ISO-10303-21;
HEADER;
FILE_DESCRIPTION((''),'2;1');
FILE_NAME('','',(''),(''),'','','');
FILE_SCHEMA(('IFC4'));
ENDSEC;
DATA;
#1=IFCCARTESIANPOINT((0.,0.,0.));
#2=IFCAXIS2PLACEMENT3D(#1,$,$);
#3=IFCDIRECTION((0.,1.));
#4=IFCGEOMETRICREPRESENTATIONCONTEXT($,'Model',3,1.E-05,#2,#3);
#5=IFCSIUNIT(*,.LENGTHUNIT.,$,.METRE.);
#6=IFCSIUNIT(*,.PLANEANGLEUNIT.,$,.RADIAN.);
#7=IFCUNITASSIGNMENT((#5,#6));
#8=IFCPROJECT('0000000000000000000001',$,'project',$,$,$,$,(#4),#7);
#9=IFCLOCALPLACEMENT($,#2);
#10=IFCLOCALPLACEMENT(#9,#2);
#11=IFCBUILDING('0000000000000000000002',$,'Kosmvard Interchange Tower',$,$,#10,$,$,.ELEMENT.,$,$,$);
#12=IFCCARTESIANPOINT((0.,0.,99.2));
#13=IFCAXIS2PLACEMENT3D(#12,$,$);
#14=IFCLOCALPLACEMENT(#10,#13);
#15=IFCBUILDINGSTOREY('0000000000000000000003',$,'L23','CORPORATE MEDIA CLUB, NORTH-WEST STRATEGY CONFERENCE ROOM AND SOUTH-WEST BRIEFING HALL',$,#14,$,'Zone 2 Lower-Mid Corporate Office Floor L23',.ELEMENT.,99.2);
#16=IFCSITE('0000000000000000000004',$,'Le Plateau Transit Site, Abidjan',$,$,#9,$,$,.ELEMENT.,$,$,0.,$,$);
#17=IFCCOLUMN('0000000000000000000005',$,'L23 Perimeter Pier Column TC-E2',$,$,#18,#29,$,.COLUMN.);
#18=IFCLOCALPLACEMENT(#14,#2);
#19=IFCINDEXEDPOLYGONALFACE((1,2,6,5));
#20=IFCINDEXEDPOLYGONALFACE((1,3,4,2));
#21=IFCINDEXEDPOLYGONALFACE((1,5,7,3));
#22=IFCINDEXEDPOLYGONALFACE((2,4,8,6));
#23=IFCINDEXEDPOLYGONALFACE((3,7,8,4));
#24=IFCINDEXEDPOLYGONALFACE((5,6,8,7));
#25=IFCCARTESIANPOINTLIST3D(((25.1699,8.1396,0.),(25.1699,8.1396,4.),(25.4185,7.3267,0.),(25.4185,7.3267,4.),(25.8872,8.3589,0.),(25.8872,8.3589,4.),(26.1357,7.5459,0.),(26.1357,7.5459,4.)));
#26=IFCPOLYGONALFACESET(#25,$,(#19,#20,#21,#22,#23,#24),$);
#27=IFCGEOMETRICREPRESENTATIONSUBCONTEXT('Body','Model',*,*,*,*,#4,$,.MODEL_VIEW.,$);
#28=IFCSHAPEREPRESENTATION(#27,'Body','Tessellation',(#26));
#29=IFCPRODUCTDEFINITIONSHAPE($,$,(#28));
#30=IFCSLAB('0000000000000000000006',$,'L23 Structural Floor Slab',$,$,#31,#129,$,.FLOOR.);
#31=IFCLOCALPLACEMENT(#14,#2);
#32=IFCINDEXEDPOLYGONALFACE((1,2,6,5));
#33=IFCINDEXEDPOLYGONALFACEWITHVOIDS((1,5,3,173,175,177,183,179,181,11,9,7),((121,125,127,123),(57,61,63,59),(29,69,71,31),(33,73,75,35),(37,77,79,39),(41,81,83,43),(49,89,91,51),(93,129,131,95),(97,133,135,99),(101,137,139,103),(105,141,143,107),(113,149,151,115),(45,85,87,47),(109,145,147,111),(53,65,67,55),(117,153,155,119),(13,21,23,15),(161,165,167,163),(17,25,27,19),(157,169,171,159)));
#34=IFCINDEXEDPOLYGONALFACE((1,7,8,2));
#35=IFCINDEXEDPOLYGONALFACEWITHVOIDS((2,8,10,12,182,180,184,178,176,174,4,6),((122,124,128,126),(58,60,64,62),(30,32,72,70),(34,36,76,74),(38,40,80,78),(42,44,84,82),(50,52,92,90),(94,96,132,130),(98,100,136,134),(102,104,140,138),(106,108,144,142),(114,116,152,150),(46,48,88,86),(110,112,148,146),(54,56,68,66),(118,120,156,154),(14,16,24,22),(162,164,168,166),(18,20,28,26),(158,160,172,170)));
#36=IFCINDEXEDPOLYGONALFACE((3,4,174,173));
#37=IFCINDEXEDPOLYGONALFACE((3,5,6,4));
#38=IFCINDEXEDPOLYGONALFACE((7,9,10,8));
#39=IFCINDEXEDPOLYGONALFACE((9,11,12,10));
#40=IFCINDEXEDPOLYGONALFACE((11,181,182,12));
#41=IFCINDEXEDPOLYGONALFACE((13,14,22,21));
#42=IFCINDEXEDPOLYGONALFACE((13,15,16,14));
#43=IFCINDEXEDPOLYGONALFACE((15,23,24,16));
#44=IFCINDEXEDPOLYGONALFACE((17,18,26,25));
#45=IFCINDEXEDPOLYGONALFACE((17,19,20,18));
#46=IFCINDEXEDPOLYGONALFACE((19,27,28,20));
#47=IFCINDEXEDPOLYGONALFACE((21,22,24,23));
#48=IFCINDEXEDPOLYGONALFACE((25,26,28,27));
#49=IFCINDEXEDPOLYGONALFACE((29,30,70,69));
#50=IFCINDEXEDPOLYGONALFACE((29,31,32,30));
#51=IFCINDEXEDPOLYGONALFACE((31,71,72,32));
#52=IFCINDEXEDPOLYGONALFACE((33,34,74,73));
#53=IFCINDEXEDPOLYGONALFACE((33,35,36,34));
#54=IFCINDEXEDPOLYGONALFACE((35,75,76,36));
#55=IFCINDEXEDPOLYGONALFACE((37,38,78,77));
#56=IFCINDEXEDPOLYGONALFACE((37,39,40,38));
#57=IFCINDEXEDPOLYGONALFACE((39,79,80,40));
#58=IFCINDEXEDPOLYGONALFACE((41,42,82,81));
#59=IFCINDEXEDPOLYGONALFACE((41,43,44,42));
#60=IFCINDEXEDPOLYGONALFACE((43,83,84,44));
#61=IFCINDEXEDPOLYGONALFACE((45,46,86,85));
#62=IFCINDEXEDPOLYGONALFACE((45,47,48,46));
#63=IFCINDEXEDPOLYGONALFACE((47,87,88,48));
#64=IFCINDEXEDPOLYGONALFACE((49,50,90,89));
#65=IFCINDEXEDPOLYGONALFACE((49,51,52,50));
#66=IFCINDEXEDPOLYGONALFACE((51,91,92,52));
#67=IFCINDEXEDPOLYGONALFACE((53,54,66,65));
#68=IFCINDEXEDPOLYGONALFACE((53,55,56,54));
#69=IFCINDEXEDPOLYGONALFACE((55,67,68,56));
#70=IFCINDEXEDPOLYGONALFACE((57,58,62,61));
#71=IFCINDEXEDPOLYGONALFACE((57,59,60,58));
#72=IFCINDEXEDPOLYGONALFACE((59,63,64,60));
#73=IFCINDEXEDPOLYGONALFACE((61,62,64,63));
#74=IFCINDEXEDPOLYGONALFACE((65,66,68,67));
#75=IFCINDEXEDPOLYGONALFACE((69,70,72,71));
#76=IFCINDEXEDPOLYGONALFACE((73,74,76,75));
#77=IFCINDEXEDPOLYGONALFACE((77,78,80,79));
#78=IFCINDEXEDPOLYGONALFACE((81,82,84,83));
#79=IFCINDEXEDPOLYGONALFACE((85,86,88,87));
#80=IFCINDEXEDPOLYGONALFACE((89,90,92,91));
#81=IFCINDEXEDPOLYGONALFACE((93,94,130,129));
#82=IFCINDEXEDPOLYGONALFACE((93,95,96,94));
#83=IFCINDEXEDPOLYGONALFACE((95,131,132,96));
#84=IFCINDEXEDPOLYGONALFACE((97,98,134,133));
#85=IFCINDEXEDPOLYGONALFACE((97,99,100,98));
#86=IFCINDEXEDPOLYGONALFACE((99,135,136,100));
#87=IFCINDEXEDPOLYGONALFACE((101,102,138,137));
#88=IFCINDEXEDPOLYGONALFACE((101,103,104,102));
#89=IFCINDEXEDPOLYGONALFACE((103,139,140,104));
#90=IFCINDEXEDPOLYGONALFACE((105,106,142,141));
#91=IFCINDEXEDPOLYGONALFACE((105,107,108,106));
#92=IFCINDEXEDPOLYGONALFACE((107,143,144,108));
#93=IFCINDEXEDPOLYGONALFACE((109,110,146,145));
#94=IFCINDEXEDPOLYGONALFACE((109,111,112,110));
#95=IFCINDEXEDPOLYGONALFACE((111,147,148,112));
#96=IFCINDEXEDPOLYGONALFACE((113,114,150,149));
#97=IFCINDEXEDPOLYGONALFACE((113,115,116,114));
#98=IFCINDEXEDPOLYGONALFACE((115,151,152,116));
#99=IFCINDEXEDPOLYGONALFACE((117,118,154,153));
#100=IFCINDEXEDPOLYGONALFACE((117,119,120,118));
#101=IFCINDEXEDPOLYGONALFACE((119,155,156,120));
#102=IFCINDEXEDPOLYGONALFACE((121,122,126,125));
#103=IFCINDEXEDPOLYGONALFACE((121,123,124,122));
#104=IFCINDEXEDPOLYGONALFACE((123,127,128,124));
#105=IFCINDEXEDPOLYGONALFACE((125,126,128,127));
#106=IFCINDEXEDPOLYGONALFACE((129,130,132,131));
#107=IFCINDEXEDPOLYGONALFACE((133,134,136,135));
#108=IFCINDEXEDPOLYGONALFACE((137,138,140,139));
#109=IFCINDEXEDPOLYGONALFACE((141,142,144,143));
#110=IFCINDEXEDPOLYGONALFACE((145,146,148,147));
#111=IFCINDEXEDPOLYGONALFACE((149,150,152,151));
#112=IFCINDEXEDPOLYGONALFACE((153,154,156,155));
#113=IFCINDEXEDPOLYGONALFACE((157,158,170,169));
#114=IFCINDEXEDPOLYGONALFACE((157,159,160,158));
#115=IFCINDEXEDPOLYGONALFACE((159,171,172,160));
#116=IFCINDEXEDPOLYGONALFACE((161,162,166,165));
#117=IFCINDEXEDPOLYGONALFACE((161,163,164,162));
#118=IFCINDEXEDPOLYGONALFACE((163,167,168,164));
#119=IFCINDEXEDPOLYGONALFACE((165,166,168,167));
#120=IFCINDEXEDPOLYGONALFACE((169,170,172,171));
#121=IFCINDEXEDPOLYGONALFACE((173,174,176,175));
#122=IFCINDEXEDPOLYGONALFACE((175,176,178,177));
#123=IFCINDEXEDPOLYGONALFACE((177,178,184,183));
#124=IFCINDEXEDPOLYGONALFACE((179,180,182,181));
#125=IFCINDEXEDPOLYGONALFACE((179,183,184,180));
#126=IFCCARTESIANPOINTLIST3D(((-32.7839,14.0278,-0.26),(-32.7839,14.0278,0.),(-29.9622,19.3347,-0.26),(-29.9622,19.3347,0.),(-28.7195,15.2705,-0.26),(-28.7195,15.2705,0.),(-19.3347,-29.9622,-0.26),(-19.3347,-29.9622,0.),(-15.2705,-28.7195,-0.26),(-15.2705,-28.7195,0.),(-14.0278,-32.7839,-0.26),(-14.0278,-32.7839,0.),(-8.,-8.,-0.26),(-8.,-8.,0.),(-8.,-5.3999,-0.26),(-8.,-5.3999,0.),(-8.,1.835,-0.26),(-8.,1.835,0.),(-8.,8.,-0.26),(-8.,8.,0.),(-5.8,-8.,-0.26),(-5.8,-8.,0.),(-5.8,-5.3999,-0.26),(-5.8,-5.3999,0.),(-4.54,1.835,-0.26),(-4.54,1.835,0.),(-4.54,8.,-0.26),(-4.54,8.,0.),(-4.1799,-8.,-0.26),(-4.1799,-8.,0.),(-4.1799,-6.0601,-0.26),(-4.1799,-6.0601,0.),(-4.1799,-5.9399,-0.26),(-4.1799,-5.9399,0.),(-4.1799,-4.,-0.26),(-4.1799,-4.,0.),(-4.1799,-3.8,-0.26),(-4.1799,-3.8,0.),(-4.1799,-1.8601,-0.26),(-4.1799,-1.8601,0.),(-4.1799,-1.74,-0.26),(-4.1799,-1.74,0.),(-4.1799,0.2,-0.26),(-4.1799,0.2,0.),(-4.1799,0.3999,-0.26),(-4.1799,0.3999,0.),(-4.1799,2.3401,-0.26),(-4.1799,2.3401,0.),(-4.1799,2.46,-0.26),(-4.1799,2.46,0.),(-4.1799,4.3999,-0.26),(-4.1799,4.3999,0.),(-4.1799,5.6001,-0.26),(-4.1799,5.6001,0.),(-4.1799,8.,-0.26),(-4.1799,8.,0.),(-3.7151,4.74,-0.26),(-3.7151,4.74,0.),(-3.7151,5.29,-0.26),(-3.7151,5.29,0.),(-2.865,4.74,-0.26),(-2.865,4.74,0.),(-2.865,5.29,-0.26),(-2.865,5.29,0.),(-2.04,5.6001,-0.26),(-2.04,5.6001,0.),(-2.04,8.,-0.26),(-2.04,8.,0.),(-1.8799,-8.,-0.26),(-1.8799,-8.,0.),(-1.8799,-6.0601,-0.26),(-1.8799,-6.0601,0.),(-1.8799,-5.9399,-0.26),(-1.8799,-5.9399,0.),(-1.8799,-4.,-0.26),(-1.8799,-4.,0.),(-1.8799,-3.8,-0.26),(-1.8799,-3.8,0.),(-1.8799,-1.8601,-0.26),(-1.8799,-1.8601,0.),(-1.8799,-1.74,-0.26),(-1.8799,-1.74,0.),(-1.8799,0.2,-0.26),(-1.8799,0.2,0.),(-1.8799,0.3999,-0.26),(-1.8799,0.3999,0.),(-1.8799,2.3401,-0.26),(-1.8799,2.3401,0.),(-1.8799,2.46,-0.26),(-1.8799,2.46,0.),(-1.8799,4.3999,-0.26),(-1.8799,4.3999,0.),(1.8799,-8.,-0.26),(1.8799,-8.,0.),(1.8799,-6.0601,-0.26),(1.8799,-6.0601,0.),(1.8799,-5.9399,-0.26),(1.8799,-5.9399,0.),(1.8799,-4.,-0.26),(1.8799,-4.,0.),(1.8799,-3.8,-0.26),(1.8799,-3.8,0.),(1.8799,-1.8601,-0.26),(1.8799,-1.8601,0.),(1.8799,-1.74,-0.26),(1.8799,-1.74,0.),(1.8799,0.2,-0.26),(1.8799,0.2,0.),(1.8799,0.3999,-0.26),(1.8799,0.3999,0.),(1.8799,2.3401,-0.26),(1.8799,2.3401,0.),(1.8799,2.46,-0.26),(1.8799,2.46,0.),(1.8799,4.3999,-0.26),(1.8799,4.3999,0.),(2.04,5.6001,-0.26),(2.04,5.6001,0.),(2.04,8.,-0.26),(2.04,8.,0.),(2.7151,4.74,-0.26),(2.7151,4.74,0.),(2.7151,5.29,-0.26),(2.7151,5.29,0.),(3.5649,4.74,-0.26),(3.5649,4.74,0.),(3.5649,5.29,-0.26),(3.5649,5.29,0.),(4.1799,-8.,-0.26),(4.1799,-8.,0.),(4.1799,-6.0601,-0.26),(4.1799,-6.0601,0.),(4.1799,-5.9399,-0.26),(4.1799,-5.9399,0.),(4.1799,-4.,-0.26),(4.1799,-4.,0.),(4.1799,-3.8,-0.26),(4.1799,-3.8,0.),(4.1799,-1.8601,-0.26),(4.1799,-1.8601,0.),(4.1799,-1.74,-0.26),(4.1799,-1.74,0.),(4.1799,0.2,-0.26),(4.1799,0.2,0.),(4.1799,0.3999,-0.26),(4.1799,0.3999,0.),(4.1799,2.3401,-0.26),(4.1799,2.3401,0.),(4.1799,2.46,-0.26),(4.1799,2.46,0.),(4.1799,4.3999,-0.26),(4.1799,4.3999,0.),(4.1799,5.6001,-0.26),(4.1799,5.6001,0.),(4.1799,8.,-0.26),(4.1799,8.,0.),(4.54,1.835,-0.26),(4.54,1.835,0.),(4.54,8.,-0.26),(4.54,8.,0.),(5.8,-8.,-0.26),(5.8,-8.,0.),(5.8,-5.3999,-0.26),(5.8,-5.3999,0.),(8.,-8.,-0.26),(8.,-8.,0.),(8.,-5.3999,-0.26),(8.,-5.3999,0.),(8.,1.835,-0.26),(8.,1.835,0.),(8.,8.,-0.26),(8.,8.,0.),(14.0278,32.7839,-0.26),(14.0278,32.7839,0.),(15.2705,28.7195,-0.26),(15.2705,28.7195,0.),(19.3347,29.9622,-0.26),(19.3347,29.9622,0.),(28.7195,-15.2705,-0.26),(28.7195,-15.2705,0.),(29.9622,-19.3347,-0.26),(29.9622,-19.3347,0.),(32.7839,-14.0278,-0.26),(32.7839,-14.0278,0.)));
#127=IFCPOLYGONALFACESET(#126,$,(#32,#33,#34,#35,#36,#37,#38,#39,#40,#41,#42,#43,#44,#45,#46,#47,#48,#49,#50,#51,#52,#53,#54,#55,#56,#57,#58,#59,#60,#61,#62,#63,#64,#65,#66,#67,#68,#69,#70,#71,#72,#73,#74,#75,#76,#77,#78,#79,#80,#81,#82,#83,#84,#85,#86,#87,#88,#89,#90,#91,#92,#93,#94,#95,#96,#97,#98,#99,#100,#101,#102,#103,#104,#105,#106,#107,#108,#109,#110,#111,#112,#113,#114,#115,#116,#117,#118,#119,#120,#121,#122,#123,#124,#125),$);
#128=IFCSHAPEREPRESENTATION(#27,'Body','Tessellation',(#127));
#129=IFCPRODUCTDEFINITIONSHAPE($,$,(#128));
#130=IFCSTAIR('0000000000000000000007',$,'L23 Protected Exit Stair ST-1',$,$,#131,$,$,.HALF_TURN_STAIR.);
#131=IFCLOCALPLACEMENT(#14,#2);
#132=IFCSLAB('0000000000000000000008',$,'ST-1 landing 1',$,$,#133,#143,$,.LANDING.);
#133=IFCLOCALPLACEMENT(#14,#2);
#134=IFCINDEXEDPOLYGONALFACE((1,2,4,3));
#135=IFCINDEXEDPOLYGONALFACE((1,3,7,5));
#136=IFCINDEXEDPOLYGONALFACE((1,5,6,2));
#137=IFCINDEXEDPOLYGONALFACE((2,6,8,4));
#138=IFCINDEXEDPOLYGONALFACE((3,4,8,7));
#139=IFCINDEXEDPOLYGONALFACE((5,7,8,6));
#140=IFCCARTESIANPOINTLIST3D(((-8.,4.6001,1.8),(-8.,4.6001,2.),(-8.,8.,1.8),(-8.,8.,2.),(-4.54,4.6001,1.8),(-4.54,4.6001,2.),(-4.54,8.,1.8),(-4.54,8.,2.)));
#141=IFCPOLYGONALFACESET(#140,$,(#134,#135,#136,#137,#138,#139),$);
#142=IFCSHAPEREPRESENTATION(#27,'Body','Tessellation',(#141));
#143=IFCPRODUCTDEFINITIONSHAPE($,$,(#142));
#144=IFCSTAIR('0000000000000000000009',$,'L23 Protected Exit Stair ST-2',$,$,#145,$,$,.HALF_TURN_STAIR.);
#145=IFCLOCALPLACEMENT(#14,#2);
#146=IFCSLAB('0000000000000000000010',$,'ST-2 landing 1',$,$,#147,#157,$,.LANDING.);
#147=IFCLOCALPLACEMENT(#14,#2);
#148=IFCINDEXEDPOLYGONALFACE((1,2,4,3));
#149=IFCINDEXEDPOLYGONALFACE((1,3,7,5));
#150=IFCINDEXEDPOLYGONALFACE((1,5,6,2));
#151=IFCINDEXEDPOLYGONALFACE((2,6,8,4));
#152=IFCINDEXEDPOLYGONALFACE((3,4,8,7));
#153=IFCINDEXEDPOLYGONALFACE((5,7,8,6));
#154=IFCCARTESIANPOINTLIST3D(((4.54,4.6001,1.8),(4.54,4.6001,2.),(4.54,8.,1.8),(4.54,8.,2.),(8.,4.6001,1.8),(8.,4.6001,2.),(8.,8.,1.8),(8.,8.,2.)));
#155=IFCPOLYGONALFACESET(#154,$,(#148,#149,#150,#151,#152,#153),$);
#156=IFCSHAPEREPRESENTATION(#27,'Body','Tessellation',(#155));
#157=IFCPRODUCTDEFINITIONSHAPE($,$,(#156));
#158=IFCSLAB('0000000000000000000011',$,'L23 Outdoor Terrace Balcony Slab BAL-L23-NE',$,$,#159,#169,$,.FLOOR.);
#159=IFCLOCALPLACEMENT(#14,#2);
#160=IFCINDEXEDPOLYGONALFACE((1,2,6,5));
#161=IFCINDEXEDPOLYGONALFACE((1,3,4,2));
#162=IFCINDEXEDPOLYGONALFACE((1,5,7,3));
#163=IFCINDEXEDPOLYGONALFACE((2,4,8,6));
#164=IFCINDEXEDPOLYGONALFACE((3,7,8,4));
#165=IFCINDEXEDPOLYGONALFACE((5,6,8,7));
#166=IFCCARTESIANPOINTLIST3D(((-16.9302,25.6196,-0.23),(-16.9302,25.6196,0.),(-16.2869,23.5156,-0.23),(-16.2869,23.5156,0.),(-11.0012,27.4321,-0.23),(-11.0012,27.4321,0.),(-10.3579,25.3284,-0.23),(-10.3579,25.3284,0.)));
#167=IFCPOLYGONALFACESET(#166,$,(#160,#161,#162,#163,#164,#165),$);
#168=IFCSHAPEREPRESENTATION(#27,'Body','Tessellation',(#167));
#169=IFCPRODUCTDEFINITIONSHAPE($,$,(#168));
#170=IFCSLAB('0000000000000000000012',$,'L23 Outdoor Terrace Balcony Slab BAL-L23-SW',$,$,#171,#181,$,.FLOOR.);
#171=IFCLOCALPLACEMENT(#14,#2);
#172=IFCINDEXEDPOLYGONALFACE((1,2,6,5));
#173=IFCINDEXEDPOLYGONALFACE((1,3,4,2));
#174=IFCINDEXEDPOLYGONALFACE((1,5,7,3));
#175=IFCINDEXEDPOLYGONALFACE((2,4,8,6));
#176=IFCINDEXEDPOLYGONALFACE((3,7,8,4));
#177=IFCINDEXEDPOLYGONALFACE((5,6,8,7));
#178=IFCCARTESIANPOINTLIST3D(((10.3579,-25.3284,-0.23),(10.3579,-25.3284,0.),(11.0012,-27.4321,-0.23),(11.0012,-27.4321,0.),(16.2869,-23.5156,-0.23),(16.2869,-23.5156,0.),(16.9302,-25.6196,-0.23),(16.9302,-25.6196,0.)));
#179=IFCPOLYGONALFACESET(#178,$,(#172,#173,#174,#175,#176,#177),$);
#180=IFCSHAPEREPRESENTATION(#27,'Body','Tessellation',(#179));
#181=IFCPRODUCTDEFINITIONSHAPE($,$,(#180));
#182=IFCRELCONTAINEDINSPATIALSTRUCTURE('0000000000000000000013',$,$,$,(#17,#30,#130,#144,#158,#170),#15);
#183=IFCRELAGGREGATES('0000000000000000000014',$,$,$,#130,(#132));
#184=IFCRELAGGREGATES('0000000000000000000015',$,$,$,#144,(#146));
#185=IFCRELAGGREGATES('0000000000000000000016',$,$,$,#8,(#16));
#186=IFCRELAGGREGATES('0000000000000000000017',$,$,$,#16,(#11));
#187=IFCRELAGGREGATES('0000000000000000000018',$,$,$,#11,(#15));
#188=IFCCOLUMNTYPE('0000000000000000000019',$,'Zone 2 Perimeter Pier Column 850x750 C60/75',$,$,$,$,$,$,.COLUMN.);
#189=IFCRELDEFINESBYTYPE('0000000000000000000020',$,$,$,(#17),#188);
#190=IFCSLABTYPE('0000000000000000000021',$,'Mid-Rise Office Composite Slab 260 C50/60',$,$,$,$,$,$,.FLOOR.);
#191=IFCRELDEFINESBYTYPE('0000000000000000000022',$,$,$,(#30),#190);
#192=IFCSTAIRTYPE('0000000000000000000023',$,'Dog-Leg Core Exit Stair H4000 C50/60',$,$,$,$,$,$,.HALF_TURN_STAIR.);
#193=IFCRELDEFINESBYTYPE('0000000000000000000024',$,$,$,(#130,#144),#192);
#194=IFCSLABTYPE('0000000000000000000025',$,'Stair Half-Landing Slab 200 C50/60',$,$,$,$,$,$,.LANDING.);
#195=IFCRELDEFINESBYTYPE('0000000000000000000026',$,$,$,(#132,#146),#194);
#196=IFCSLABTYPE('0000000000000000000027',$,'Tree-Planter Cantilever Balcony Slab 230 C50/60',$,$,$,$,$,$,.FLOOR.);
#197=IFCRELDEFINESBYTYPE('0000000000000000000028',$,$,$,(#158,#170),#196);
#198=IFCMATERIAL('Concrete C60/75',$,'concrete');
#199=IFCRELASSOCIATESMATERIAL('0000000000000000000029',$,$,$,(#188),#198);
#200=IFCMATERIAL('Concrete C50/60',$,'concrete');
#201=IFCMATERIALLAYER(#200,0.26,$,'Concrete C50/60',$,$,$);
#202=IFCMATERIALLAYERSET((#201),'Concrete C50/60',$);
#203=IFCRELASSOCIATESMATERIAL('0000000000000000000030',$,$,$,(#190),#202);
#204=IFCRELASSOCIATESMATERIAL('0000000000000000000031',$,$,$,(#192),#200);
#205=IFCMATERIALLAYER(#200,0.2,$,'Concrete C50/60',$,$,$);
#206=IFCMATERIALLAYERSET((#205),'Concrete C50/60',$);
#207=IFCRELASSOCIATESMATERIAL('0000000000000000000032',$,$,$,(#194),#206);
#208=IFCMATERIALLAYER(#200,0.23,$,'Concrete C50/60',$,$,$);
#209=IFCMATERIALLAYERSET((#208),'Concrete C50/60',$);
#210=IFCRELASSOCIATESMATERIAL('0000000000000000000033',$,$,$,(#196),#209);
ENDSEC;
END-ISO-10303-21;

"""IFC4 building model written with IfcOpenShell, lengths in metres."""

from ifc_helpers import new_model, si_unit, direction, frame, origin, origin_2d, place, context, subcontext, project, spatial, polyline, rectangle, outline, extrude, source, transform, mapped, material, layer, layer_set, material_profile, profile_set, type_object, element, aggregate, save


model = new_model("IFC4")

# Units and contexts
model_context = context("Model", 3, precision=1e-05, world=origin(), true_north=direction((0.0, 1.0)))
body_context = subcontext(model_context, "Body", "Model", "MODEL_VIEW")
ifc_project = project(units=[si_unit("LENGTHUNIT", "METRE"), si_unit("PLANEANGLEUNIT", "RADIAN")], contexts=[model_context])

# Site, building, storey
site_placement = place(None, origin())
site = spatial("IfcSite", under=ifc_project, at=site_placement, Name="Le Plateau Transit Site, Abidjan", CompositionType="ELEMENT", RefElevation=0.0)
building_placement = place(site_placement, origin())
building = spatial("IfcBuilding", under=site, at=building_placement, Name="Kosmvard Interchange Tower", CompositionType="ELEMENT")
storey_placement = place(building_placement, frame((0.0, 0.0, 99.2)))
storey = spatial("IfcBuildingStorey", under=building, at=storey_placement, Name="L23", Description="CORPORATE MEDIA CLUB, NORTH-WEST STRATEGY CONFERENCE ROOM AND SOUTH-WEST BRIEFING HALL", LongName="Zone 2 Lower-Mid Corporate Office Floor L23", CompositionType="ELEMENT", Elevation=99.2)

# Column
ifc_material_1 = material(Name="Concrete C60/75", Category="concrete")
ifc_material_profile = material_profile(ifc_material_1, rectangle(XDim=0.75, YDim=0.8501, at=origin_2d()), Name="TC 850x750")
ifc_profile_set = profile_set([ifc_material_profile], Name="Concrete C60/75")
column_type = type_object("IfcColumnType", Name="Zone 2 Perimeter Pier Column 850x750 C60/75", PredefinedType="COLUMN", material=ifc_profile_set)
shared_shape_1 = source(origin(), body_context, "Body", "SweptSolid", [
    extrude(rectangle(XDim=0.75, YDim=0.8501, at=origin_2d()), origin(), (0.0, 0.0, 1.0), 4.0),
])
column_placement = place(storey_placement, frame((25.6528, 7.8428, 0.0), z_axis=(0.0, 0.0, 1.0), x_axis=(0.956305, 0.292372, 0.0)))
element("IfcColumn", 1, at=column_placement, inside=storey, type_object=column_type, Name="L23 Perimeter Pier Column TC-E2", PredefinedType="COLUMN", context=body_context, shape_type="MappedRepresentation", body=[
    mapped(shared_shape_1, transform((0.0, 0.0, 0.0), scale=1.0)),
])

# Slab
ifc_material_2 = material(Name="Concrete C50/60", Category="concrete")
ifc_layer_1 = layer(ifc_material_2, 0.26, Name="Concrete C50/60")
ifc_layer_set_1 = layer_set([ifc_layer_1], Name="Concrete C50/60")
slab_type_1 = type_object("IfcSlabType", Name="Mid-Rise Office Composite Slab 260 C50/60", PredefinedType="FLOOR", material=ifc_layer_set_1)
slab_1_placement = place(storey_placement, frame((0.0, 0.0, -0.26)))
element("IfcSlab", 2, at=slab_1_placement, inside=storey, type_object=slab_type_1, Name="L23 Structural Floor Slab", PredefinedType="FLOOR", context=body_context, shape_type="SweptSolid", body=[
    extrude(outline(polyline([(-14.0278, -32.7839), (29.9622, -19.3347), (28.7195, -15.2705), (32.7839, -14.0278), (19.3347, 29.9622), (15.2705, 28.7195), (14.0278, 32.7839), (-29.9622, 19.3347), (-28.7195, 15.2705), (-32.7839, 14.0278), (-19.3347, -29.9622), (-15.2705, -28.7195), (-14.0278, -32.7839)]), holes=[polyline([(-8.0, 1.835), (-4.54, 1.835), (-4.54, 8.0), (-8.0, 8.0), (-8.0, 1.835)]), polyline([(4.54, 1.835), (8.0, 1.835), (8.0, 8.0), (4.54, 8.0), (4.54, 1.835)]), polyline([(-8.0, -8.0), (-5.8, -8.0), (-5.8, -5.3999), (-8.0, -5.3999), (-8.0, -8.0)]), polyline([(5.8, -8.0), (8.0, -8.0), (8.0, -5.3999), (5.8, -5.3999), (5.8, -8.0)]), polyline([(-4.1799, -8.0), (-1.8799, -8.0), (-1.8799, -6.0601), (-4.1799, -6.0601), (-4.1799, -8.0)]), polyline([(-4.1799, -5.9399), (-1.8799, -5.9399), (-1.8799, -4.0), (-4.1799, -4.0), (-4.1799, -5.9399)]), polyline([(1.8799, -8.0), (4.1799, -8.0), (4.1799, -6.0601), (1.8799, -6.0601), (1.8799, -8.0)]), polyline([(1.8799, -5.9399), (4.1799, -5.9399), (4.1799, -4.0), (1.8799, -4.0), (1.8799, -5.9399)]), polyline([(-4.1799, -3.8), (-1.8799, -3.8), (-1.8799, -1.8601), (-4.1799, -1.8601), (-4.1799, -3.8)]), polyline([(-4.1799, -1.74), (-1.8799, -1.74), (-1.8799, 0.2), (-4.1799, 0.2), (-4.1799, -1.74)]), polyline([(1.8799, -3.8), (4.1799, -3.8), (4.1799, -1.8601), (1.8799, -1.8601), (1.8799, -3.8)]), polyline([(1.8799, -1.74), (4.1799, -1.74), (4.1799, 0.2), (1.8799, 0.2), (1.8799, -1.74)]), polyline([(-4.1799, 0.3999), (-1.8799, 0.3999), (-1.8799, 2.3401), (-4.1799, 2.3401), (-4.1799, 0.3999)]), polyline([(-4.1799, 2.46), (-1.8799, 2.46), (-1.8799, 4.3999), (-4.1799, 4.3999), (-4.1799, 2.46)]), polyline([(1.8799, 0.3999), (4.1799, 0.3999), (4.1799, 2.3401), (1.8799, 2.3401), (1.8799, 0.3999)]), polyline([(1.8799, 2.46), (4.1799, 2.46), (4.1799, 4.3999), (1.8799, 4.3999), (1.8799, 2.46)]), polyline([(-4.1799, 5.6001), (-2.04, 5.6001), (-2.04, 8.0), (-4.1799, 8.0), (-4.1799, 5.6001)]), polyline([(2.04, 5.6001), (4.1799, 5.6001), (4.1799, 8.0), (2.04, 8.0), (2.04, 5.6001)]), polyline([(-3.7151, 4.74), (-2.865, 4.74), (-2.865, 5.29), (-3.7151, 5.29), (-3.7151, 4.74)]), polyline([(2.7151, 4.74), (3.5649, 4.74), (3.5649, 5.29), (2.7151, 5.29), (2.7151, 4.74)])]), origin(), (0.0, 0.0, 1.0), 0.26),
])

# Stairs, slabs
stair_type = type_object("IfcStairType", Name="Dog-Leg Core Exit Stair H4000 C50/60", PredefinedType="HALF_TURN_STAIR", material=ifc_material_2)
stair_1_placement = place(storey_placement, origin())
stair_1 = element("IfcStair", 3, at=stair_1_placement, inside=storey, type_object=stair_type, Name="L23 Protected Exit Stair ST-1", PredefinedType="HALF_TURN_STAIR")
ifc_layer_2 = layer(ifc_material_2, 0.2, Name="Concrete C50/60")
ifc_layer_set_2 = layer_set([ifc_layer_2], Name="Concrete C50/60")
slab_type_2 = type_object("IfcSlabType", Name="Stair Half-Landing Slab 200 C50/60", PredefinedType="LANDING", material=ifc_layer_set_2)
slab_2_placement = place(storey_placement, frame((0.0, 0.0, 1.8)))
slab_2 = element("IfcSlab", 4, at=slab_2_placement, type_object=slab_type_2, Name="ST-1 landing 1", PredefinedType="LANDING", context=body_context, shape_type="SweptSolid", body=[
    extrude(outline(polyline([(-4.54, 4.6001), (-4.54, 8.0), (-8.0, 8.0), (-8.0, 4.6001), (-4.54, 4.6001)])), origin(), (0.0, 0.0, 1.0), 0.2),
])
aggregate(stair_1, [slab_2])
stair_2_placement = place(storey_placement, origin())
stair_2 = element("IfcStair", 5, at=stair_2_placement, inside=storey, type_object=stair_type, Name="L23 Protected Exit Stair ST-2", PredefinedType="HALF_TURN_STAIR")
slab_3_placement = place(storey_placement, frame((0.0, 0.0, 1.8)))
slab_3 = element("IfcSlab", 6, at=slab_3_placement, type_object=slab_type_2, Name="ST-2 landing 1", PredefinedType="LANDING", context=body_context, shape_type="SweptSolid", body=[
    extrude(outline(polyline([(8.0, 4.6001), (8.0, 8.0), (4.54, 8.0), (4.54, 4.6001), (8.0, 4.6001)])), origin(), (0.0, 0.0, 1.0), 0.2),
])

# Slabs
ifc_layer_3 = layer(ifc_material_2, 0.23, Name="Concrete C50/60")
ifc_layer_set_3 = layer_set([ifc_layer_3], Name="Concrete C50/60")
slab_type_3 = type_object("IfcSlabType", Name="Tree-Planter Cantilever Balcony Slab 230 C50/60", PredefinedType="FLOOR", material=ifc_layer_set_3)
slab_4_placement = place(storey_placement, frame((0.0, 0.0, -0.23)))
element("IfcSlab", 7, at=slab_4_placement, inside=storey, type_object=slab_type_3, Name="L23 Outdoor Terrace Balcony Slab BAL-L23-NE", PredefinedType="FLOOR", context=body_context, shape_type="SweptSolid", body=[
    extrude(outline(polyline([(-16.2869, 23.5156), (-10.3579, 25.3284), (-11.0012, 27.4321), (-16.9302, 25.6196), (-16.2869, 23.5156)])), origin(), (0.0, 0.0, 1.0), 0.23),
])
slab_5_placement = place(storey_placement, frame((0.0, 0.0, -0.23)))
element("IfcSlab", 8, at=slab_5_placement, inside=storey, type_object=slab_type_3, Name="L23 Outdoor Terrace Balcony Slab BAL-L23-SW", PredefinedType="FLOOR", context=body_context, shape_type="SweptSolid", body=[
    extrude(outline(polyline([(11.0012, -27.4321), (16.9302, -25.6196), (16.2869, -23.5156), (10.3579, -25.3284), (11.0012, -27.4321)])), origin(), (0.0, 0.0, 1.0), 0.23),
])

aggregate(stair_2, [slab_3])

save(model, "model.ifc")
